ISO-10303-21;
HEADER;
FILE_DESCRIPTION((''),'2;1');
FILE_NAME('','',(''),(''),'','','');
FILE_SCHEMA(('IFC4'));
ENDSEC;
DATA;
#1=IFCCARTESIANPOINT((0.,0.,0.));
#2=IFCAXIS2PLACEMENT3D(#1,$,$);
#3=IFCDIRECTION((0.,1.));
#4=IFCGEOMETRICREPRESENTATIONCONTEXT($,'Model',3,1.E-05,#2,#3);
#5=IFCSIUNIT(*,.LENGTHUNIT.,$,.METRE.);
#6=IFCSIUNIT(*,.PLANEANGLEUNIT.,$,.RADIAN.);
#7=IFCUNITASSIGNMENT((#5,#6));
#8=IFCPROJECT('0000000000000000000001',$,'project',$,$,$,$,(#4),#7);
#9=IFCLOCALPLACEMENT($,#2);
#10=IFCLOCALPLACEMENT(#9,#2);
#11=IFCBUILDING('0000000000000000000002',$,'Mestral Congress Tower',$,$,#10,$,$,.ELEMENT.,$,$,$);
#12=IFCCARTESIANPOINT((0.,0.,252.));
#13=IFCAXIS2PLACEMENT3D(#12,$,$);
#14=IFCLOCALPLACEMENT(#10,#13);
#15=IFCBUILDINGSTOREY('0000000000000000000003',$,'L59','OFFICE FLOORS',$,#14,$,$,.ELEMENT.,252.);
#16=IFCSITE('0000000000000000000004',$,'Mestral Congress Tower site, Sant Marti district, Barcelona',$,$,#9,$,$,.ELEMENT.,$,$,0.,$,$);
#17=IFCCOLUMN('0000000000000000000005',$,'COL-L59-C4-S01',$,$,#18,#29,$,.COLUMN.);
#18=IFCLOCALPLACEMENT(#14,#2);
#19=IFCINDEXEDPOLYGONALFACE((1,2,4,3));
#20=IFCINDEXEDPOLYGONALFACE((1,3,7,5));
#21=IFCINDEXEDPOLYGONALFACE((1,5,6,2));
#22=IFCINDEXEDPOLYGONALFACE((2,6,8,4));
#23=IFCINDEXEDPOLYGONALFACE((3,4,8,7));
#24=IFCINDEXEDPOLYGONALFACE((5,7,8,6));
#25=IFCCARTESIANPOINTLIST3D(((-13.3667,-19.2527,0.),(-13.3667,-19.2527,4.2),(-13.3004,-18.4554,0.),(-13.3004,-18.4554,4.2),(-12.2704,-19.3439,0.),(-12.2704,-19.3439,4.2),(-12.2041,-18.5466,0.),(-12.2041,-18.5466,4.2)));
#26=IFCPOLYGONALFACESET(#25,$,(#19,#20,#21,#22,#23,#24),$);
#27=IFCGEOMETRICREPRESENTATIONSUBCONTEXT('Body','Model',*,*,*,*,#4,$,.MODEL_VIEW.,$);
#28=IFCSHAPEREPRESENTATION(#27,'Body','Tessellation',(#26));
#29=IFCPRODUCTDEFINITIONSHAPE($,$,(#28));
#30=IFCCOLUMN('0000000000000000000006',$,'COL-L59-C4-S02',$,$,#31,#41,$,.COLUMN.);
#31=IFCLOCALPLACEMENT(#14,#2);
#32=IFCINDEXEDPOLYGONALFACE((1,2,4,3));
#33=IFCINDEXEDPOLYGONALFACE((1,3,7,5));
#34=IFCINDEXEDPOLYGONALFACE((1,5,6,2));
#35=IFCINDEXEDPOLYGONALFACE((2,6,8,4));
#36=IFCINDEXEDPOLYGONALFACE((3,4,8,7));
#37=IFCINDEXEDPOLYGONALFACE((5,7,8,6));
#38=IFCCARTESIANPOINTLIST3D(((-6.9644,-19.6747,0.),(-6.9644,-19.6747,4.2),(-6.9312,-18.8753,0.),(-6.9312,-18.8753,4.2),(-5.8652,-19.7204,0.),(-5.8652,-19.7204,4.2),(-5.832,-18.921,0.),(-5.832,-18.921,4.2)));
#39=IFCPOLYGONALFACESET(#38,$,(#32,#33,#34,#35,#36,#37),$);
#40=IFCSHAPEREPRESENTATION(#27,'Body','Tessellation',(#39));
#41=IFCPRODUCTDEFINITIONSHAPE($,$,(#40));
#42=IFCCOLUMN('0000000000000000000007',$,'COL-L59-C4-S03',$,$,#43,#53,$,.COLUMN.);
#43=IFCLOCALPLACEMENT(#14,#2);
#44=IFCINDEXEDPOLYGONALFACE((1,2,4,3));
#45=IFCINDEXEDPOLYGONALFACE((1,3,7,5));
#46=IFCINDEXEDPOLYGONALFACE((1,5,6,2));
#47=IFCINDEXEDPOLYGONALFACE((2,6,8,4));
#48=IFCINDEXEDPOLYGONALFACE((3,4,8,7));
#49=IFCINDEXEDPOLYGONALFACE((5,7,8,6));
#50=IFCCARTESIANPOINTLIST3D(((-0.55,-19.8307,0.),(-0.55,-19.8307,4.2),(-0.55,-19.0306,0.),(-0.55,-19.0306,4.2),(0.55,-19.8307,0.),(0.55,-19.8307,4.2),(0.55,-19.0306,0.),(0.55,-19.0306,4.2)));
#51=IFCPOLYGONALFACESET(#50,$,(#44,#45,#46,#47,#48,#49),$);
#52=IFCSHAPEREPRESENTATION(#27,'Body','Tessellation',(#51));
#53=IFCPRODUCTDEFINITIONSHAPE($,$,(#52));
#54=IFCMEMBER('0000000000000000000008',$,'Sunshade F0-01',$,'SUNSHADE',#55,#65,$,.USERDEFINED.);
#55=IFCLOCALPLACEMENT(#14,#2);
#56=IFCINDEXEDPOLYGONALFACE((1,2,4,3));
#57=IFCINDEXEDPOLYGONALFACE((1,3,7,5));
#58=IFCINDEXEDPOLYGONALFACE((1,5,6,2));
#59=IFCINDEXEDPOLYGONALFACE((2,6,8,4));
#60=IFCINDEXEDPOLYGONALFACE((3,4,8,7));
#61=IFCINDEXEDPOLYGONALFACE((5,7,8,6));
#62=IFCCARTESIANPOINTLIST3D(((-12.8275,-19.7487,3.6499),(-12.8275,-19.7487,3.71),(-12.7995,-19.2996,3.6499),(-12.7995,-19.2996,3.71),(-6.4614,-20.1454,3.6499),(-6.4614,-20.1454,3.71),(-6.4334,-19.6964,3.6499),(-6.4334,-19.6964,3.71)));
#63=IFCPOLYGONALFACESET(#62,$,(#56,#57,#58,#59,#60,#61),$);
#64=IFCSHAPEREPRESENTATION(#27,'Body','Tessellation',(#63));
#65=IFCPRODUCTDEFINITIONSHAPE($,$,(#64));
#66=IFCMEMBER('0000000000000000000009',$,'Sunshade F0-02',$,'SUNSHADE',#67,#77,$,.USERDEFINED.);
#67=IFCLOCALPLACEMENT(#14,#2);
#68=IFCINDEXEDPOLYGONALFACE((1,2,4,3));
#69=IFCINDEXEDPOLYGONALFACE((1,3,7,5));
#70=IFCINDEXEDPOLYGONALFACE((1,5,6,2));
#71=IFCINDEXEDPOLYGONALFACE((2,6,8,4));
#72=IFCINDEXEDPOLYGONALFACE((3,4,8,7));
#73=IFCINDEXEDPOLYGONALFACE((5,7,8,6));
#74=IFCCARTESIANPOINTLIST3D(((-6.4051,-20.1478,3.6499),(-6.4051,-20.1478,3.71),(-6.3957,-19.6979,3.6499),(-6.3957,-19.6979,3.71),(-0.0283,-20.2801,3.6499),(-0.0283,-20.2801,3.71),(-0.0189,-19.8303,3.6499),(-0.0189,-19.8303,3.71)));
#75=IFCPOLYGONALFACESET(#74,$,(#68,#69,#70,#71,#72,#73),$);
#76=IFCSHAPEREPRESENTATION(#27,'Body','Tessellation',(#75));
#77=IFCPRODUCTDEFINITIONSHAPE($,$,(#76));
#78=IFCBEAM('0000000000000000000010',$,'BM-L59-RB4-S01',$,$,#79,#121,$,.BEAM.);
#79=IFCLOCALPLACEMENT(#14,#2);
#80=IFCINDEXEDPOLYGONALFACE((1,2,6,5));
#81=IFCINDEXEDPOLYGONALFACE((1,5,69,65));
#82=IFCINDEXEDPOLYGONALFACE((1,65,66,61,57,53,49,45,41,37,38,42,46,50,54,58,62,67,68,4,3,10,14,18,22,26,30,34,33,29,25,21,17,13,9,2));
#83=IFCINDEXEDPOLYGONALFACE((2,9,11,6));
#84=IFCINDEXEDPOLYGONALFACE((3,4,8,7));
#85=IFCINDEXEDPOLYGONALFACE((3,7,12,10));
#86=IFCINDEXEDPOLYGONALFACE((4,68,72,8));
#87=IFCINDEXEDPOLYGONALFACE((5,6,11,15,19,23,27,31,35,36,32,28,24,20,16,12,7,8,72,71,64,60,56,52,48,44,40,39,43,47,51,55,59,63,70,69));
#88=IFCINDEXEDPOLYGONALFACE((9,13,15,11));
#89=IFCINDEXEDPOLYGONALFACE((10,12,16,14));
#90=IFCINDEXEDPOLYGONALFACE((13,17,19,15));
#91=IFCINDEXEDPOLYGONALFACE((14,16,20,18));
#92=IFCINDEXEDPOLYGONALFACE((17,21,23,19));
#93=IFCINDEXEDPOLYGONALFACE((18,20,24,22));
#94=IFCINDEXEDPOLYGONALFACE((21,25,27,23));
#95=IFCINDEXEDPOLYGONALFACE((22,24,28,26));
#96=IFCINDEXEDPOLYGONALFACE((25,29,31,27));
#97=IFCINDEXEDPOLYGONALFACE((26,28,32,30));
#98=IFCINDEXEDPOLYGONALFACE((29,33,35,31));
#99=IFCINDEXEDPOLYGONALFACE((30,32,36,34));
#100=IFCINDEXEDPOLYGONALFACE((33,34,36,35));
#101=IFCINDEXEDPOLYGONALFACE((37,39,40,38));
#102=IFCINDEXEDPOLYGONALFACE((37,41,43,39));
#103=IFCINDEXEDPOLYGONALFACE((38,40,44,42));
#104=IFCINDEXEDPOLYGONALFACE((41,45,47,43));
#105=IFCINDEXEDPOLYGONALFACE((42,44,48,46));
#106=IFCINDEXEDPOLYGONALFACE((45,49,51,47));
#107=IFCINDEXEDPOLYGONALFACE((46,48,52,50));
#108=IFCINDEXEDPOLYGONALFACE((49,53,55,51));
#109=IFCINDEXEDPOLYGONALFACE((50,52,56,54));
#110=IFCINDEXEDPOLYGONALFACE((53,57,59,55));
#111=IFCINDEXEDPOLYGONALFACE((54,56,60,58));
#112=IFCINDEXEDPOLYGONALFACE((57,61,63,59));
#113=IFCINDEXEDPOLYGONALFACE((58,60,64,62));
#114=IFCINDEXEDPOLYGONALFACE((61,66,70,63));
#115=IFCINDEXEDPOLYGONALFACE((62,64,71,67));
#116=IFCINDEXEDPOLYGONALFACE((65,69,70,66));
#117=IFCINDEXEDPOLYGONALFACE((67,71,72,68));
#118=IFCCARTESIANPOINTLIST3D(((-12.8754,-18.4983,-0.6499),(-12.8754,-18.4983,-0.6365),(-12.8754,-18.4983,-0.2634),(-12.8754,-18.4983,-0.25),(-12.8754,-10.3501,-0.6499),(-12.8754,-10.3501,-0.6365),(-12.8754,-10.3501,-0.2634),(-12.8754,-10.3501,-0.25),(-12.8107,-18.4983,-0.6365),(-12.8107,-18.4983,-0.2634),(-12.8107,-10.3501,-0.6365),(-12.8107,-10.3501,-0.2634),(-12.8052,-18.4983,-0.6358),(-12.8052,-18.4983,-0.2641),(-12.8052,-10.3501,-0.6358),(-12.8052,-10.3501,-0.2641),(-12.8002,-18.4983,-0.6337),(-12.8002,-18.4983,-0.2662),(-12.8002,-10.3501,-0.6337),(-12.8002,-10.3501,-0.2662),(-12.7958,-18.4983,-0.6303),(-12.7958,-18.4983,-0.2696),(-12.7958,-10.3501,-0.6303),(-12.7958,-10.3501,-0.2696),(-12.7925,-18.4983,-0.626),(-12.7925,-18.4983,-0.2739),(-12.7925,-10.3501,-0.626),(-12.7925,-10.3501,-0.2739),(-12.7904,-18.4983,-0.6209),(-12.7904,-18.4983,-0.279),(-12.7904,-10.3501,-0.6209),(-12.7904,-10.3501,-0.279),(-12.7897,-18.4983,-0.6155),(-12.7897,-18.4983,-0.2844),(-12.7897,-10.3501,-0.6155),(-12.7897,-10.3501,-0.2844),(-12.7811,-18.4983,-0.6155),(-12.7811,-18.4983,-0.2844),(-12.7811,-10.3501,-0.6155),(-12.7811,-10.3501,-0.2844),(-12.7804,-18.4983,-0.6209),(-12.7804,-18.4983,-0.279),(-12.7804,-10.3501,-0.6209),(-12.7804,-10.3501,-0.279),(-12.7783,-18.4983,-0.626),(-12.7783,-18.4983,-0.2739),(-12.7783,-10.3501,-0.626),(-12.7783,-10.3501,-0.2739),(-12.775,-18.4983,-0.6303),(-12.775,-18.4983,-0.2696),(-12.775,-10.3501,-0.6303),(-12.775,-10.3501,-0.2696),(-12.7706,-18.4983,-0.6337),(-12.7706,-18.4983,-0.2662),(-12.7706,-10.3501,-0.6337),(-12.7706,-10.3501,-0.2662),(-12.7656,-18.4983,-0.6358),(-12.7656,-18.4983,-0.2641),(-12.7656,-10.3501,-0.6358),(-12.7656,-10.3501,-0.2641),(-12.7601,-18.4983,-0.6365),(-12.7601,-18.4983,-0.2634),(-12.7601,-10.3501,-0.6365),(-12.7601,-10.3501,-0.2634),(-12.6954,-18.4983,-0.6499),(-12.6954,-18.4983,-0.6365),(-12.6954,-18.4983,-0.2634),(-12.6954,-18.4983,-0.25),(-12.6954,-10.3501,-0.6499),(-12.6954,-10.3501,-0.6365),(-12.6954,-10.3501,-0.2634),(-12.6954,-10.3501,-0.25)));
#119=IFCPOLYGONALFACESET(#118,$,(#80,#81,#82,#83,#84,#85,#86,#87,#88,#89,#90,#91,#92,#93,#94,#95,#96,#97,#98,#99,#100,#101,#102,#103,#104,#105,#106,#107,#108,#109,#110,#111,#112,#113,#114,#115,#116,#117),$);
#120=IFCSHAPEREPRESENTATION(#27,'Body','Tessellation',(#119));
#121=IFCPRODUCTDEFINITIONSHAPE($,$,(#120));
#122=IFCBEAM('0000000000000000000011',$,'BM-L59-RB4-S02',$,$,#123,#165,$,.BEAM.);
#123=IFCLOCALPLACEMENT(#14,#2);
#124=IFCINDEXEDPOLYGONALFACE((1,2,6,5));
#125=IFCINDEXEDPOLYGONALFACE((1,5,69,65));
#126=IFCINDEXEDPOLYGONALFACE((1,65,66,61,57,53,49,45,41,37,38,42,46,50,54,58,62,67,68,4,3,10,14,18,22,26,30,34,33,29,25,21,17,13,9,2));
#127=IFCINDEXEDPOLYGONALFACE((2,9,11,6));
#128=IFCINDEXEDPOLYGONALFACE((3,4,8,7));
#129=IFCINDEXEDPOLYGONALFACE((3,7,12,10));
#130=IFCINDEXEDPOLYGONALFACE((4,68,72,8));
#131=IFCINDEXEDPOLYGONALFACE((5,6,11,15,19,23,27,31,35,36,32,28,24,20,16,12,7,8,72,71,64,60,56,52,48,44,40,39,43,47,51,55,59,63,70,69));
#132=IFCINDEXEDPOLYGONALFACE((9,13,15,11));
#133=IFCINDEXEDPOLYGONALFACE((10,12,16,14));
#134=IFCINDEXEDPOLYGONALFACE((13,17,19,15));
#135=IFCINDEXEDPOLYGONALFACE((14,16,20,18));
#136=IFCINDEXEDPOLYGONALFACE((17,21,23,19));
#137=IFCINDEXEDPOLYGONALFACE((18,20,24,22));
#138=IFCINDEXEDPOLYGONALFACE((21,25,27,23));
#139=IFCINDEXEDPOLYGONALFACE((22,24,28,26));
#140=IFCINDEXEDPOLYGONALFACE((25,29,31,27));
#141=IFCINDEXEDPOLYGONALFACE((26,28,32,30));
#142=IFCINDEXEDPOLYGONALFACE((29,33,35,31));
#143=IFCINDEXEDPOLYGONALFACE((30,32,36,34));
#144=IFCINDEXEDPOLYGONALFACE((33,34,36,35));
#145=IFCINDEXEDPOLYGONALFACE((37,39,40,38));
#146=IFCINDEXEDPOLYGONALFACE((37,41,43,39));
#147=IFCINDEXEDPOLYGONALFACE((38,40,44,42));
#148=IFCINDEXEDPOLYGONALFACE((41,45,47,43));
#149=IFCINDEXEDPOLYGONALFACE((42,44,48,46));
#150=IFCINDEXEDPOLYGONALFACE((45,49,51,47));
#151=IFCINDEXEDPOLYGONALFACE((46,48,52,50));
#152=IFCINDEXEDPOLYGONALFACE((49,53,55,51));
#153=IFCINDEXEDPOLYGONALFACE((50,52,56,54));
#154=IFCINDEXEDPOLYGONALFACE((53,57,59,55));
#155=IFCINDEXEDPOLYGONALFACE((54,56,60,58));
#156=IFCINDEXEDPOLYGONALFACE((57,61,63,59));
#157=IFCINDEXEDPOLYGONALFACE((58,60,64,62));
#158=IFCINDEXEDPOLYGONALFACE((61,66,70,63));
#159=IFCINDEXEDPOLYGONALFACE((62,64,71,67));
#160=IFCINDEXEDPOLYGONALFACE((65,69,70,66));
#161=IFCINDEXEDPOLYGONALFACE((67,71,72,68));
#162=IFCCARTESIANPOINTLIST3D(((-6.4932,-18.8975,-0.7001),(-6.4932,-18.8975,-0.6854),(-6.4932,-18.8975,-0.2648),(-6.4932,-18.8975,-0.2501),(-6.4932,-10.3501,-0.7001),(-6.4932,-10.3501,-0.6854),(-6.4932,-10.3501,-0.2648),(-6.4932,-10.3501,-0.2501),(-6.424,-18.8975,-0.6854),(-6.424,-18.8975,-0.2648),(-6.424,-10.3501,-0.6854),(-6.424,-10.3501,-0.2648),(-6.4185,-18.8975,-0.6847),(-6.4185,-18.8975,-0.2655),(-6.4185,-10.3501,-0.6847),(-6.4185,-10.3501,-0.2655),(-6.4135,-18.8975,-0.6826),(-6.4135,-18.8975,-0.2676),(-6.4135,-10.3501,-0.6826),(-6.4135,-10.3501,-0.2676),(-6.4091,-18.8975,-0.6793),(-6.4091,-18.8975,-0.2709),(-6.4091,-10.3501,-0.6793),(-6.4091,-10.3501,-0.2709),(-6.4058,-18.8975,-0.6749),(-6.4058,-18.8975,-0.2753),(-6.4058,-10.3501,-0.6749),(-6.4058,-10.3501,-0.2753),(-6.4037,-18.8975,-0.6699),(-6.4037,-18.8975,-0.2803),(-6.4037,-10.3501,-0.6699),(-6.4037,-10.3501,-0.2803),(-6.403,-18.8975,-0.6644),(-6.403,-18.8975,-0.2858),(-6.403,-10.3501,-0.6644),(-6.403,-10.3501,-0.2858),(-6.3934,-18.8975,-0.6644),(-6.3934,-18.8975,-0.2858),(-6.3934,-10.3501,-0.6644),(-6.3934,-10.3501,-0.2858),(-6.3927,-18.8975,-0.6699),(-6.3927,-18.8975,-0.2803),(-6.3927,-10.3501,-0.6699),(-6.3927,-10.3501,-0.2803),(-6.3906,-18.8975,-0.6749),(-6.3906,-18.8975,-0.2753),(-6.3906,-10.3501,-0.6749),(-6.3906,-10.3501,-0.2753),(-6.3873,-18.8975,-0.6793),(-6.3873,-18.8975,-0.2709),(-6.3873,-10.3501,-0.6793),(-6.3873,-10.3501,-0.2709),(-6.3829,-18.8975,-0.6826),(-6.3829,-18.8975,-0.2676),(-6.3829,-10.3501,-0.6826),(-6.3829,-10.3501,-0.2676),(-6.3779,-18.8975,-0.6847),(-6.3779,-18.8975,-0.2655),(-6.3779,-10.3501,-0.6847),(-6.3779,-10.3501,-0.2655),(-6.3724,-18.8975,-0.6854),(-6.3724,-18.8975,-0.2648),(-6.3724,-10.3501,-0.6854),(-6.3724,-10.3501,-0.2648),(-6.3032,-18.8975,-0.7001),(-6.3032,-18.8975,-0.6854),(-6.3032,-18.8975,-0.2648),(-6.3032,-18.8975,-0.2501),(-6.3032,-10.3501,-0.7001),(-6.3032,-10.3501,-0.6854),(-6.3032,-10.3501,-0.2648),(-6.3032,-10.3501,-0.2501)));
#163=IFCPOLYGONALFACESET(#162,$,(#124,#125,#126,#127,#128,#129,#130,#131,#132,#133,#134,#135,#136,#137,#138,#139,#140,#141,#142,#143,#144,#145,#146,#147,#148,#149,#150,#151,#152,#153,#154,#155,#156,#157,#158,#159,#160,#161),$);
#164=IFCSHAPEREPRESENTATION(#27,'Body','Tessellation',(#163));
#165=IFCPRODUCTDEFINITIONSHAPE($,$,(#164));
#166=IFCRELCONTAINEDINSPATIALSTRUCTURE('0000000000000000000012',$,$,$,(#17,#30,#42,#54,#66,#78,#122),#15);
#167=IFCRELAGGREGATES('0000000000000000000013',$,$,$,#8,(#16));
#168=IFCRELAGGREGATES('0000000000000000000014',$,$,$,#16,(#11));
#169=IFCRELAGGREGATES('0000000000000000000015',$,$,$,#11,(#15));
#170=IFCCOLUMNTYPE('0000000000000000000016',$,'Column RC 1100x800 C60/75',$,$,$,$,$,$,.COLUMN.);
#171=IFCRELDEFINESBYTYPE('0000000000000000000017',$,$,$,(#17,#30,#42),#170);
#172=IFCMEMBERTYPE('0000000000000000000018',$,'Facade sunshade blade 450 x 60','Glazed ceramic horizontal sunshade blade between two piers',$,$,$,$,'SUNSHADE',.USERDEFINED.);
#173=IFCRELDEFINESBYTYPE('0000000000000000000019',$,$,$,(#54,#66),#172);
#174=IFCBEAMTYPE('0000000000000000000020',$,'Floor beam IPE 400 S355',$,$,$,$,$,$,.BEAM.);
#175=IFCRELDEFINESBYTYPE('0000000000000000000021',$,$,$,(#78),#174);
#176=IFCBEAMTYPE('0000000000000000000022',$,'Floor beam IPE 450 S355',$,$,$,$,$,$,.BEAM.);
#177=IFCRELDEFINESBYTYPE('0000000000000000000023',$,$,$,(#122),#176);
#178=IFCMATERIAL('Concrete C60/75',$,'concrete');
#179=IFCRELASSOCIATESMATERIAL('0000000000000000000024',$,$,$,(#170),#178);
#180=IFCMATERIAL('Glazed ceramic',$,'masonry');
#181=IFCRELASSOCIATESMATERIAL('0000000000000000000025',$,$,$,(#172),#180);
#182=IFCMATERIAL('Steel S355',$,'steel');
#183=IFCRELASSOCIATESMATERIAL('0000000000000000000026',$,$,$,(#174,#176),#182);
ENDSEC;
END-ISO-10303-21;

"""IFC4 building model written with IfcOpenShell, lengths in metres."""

from ifc_helpers import new_model, si_unit, direction, frame, origin, origin_2d, place, context, subcontext, project, spatial, rectangle, i_section, extrude, material, material_profile, profile_set, type_object, element, save


model = new_model("IFC4")

# Units and contexts
model_context = context("Model", 3, precision=1e-05, world=origin(), true_north=direction((0.0, 1.0)))
body_context = subcontext(model_context, "Body", "Model", "MODEL_VIEW")
ifc_project = project(units=[si_unit("LENGTHUNIT", "METRE"), si_unit("PLANEANGLEUNIT", "RADIAN")], contexts=[model_context])

# Site, building, storey
site_placement = place(None, origin())
site = spatial("IfcSite", under=ifc_project, at=site_placement, Name="Mestral Congress Tower site, Sant Marti district, Barcelona", CompositionType="ELEMENT", RefElevation=0.0)
building_placement = place(site_placement, origin())
building = spatial("IfcBuilding", under=site, at=building_placement, Name="Mestral Congress Tower", CompositionType="ELEMENT")
storey_placement = place(building_placement, frame((0.0, 0.0, 252.0)))
storey = spatial("IfcBuildingStorey", under=building, at=storey_placement, Name="L59", Description="OFFICE FLOORS", CompositionType="ELEMENT", Elevation=252.0)

# Columns
ifc_material_1 = material(Name="Concrete C60/75", Category="concrete")
ifc_material_profile_1 = material_profile(ifc_material_1, rectangle(XDim=1.1001, YDim=0.8, at=origin_2d()), Name="RC 1100x800")
ifc_profile_set_1 = profile_set([ifc_material_profile_1], Name="Concrete C60/75")
column_type = type_object("IfcColumnType", Name="Column RC 1100x800 C60/75", PredefinedType="COLUMN", material=ifc_profile_set_1)
for number, where, z_axis, x_axis, name in (
    (1, (-12.7854, -18.8997, 0.0), (0.0, 0.0, 1.0), (0.996557, -0.082914, 0.0), "COL-L59-C4-S01"),
    (2, (-6.3982, -19.2979, 0.0), (0.0, 0.0, 1.0), (0.999139, -0.041492, 0.0), "COL-L59-C4-S02"),
    (3, (0.0, -19.4307, 0.0), (0.0, 0.0, 1.0), (1.0, 0.0, 0.0), "COL-L59-C4-S03"),
):
    element("IfcColumn", number, at=place(storey_placement, frame(where, z_axis=z_axis, x_axis=x_axis)), inside=storey, type_object=column_type, Name=name, PredefinedType="COLUMN", context=body_context, shape_type="SweptSolid", body=[
        extrude(rectangle(XDim=1.1001, YDim=0.8, at=origin_2d()), origin(), (0.0, 0.0, 1.0), 4.2),
    ])

# Members
ifc_material_2 = material(Name="Glazed ceramic", Category="masonry")
ifc_material_profile_2 = material_profile(ifc_material_2, rectangle(XDim=0.45, YDim=0.0601, at=origin_2d()), Name="Ceramic blade 450 x 60")
ifc_profile_set_2 = profile_set([ifc_material_profile_2], Name="Glazed ceramic")
member_type = type_object("IfcMemberType", Name="Facade sunshade blade 450 x 60", Description="Glazed ceramic horizontal sunshade blade between two piers", ElementType="SUNSHADE", PredefinedType="USERDEFINED", material=ifc_profile_set_2)
member_1_placement = place(storey_placement, frame((-12.8135, -19.5242, 3.6799), z_axis=(0.998064, -0.0622, 0.0), x_axis=(0.0622, 0.998064, 0.0)))
element("IfcMember", 4, at=member_1_placement, inside=storey, type_object=member_type, Name="Sunshade F0-01", ObjectType="SUNSHADE", PredefinedType="USERDEFINED", context=body_context, shape_type="SweptSolid", body=[
    extrude(rectangle(XDim=0.45, YDim=0.0601, at=origin_2d()), origin(), (0.0, 0.0, 1.0), 6.3784),
])
member_2_placement = place(storey_placement, frame((-6.4004, -19.9229, 3.6799), z_axis=(0.999785, -0.020747, 0.0), x_axis=(0.020747, 0.999785, 0.0)))
element("IfcMember", 5, at=member_2_placement, inside=storey, type_object=member_type, Name="Sunshade F0-02", ObjectType="SUNSHADE", PredefinedType="USERDEFINED", context=body_context, shape_type="SweptSolid", body=[
    extrude(rectangle(XDim=0.45, YDim=0.0601, at=origin_2d()), origin(), (0.0, 0.0, 1.0), 6.3782),
])

# Beams
ifc_material_3 = material(Name="Steel S355", Category="steel")
ifc_material_profile_3 = material_profile(ifc_material_3, i_section(OverallWidth=0.1799, OverallDepth=0.3999, WebThickness=0.0085, FlangeThickness=0.0134, FilletRadius=0.021, at=origin_2d()), Name="IPE 400")
ifc_profile_set_3 = profile_set([ifc_material_profile_3], Name="Steel S355")
beam_type_1 = type_object("IfcBeamType", Name="Floor beam IPE 400 S355", PredefinedType="BEAM", material=ifc_profile_set_3)
beam_1_placement = place(storey_placement, frame((-12.7854, -18.4983, -0.45), z_axis=(0.0, 1.0, 0.0), x_axis=(-1.0, 0.0, 0.0)))
element("IfcBeam", 6, at=beam_1_placement, inside=storey, type_object=beam_type_1, Name="BM-L59-RB4-S01", PredefinedType="BEAM", context=body_context, shape_type="SweptSolid", body=[
    extrude(i_section(OverallWidth=0.1799, OverallDepth=0.3999, WebThickness=0.0085, FlangeThickness=0.0134, FilletRadius=0.021, at=origin_2d()), origin(), (0.0, 0.0, 1.0), 8.1482),
])
ifc_material_profile_4 = material_profile(ifc_material_3, i_section(OverallWidth=0.1899, OverallDepth=0.45, WebThickness=0.0095, FlangeThickness=0.0146, FilletRadius=0.021, at=origin_2d()), Name="IPE 450")
ifc_profile_set_4 = profile_set([ifc_material_profile_4], Name="Steel S355")
beam_type_2 = type_object("IfcBeamType", Name="Floor beam IPE 450 S355", PredefinedType="BEAM", material=ifc_profile_set_4)
beam_2_placement = place(storey_placement, frame((-6.3982, -18.8975, -0.4751), z_axis=(0.0, 1.0, 0.0), x_axis=(-1.0, 0.0, 0.0)))
element("IfcBeam", 7, at=beam_2_placement, inside=storey, type_object=beam_type_2, Name="BM-L59-RB4-S02", PredefinedType="BEAM", context=body_context, shape_type="SweptSolid", body=[
    extrude(i_section(OverallWidth=0.1899, OverallDepth=0.45, WebThickness=0.0095, FlangeThickness=0.0146, FilletRadius=0.021, at=origin_2d()), origin(), (0.0, 0.0, 1.0), 8.5474),
])

save(model, "model.ifc")
